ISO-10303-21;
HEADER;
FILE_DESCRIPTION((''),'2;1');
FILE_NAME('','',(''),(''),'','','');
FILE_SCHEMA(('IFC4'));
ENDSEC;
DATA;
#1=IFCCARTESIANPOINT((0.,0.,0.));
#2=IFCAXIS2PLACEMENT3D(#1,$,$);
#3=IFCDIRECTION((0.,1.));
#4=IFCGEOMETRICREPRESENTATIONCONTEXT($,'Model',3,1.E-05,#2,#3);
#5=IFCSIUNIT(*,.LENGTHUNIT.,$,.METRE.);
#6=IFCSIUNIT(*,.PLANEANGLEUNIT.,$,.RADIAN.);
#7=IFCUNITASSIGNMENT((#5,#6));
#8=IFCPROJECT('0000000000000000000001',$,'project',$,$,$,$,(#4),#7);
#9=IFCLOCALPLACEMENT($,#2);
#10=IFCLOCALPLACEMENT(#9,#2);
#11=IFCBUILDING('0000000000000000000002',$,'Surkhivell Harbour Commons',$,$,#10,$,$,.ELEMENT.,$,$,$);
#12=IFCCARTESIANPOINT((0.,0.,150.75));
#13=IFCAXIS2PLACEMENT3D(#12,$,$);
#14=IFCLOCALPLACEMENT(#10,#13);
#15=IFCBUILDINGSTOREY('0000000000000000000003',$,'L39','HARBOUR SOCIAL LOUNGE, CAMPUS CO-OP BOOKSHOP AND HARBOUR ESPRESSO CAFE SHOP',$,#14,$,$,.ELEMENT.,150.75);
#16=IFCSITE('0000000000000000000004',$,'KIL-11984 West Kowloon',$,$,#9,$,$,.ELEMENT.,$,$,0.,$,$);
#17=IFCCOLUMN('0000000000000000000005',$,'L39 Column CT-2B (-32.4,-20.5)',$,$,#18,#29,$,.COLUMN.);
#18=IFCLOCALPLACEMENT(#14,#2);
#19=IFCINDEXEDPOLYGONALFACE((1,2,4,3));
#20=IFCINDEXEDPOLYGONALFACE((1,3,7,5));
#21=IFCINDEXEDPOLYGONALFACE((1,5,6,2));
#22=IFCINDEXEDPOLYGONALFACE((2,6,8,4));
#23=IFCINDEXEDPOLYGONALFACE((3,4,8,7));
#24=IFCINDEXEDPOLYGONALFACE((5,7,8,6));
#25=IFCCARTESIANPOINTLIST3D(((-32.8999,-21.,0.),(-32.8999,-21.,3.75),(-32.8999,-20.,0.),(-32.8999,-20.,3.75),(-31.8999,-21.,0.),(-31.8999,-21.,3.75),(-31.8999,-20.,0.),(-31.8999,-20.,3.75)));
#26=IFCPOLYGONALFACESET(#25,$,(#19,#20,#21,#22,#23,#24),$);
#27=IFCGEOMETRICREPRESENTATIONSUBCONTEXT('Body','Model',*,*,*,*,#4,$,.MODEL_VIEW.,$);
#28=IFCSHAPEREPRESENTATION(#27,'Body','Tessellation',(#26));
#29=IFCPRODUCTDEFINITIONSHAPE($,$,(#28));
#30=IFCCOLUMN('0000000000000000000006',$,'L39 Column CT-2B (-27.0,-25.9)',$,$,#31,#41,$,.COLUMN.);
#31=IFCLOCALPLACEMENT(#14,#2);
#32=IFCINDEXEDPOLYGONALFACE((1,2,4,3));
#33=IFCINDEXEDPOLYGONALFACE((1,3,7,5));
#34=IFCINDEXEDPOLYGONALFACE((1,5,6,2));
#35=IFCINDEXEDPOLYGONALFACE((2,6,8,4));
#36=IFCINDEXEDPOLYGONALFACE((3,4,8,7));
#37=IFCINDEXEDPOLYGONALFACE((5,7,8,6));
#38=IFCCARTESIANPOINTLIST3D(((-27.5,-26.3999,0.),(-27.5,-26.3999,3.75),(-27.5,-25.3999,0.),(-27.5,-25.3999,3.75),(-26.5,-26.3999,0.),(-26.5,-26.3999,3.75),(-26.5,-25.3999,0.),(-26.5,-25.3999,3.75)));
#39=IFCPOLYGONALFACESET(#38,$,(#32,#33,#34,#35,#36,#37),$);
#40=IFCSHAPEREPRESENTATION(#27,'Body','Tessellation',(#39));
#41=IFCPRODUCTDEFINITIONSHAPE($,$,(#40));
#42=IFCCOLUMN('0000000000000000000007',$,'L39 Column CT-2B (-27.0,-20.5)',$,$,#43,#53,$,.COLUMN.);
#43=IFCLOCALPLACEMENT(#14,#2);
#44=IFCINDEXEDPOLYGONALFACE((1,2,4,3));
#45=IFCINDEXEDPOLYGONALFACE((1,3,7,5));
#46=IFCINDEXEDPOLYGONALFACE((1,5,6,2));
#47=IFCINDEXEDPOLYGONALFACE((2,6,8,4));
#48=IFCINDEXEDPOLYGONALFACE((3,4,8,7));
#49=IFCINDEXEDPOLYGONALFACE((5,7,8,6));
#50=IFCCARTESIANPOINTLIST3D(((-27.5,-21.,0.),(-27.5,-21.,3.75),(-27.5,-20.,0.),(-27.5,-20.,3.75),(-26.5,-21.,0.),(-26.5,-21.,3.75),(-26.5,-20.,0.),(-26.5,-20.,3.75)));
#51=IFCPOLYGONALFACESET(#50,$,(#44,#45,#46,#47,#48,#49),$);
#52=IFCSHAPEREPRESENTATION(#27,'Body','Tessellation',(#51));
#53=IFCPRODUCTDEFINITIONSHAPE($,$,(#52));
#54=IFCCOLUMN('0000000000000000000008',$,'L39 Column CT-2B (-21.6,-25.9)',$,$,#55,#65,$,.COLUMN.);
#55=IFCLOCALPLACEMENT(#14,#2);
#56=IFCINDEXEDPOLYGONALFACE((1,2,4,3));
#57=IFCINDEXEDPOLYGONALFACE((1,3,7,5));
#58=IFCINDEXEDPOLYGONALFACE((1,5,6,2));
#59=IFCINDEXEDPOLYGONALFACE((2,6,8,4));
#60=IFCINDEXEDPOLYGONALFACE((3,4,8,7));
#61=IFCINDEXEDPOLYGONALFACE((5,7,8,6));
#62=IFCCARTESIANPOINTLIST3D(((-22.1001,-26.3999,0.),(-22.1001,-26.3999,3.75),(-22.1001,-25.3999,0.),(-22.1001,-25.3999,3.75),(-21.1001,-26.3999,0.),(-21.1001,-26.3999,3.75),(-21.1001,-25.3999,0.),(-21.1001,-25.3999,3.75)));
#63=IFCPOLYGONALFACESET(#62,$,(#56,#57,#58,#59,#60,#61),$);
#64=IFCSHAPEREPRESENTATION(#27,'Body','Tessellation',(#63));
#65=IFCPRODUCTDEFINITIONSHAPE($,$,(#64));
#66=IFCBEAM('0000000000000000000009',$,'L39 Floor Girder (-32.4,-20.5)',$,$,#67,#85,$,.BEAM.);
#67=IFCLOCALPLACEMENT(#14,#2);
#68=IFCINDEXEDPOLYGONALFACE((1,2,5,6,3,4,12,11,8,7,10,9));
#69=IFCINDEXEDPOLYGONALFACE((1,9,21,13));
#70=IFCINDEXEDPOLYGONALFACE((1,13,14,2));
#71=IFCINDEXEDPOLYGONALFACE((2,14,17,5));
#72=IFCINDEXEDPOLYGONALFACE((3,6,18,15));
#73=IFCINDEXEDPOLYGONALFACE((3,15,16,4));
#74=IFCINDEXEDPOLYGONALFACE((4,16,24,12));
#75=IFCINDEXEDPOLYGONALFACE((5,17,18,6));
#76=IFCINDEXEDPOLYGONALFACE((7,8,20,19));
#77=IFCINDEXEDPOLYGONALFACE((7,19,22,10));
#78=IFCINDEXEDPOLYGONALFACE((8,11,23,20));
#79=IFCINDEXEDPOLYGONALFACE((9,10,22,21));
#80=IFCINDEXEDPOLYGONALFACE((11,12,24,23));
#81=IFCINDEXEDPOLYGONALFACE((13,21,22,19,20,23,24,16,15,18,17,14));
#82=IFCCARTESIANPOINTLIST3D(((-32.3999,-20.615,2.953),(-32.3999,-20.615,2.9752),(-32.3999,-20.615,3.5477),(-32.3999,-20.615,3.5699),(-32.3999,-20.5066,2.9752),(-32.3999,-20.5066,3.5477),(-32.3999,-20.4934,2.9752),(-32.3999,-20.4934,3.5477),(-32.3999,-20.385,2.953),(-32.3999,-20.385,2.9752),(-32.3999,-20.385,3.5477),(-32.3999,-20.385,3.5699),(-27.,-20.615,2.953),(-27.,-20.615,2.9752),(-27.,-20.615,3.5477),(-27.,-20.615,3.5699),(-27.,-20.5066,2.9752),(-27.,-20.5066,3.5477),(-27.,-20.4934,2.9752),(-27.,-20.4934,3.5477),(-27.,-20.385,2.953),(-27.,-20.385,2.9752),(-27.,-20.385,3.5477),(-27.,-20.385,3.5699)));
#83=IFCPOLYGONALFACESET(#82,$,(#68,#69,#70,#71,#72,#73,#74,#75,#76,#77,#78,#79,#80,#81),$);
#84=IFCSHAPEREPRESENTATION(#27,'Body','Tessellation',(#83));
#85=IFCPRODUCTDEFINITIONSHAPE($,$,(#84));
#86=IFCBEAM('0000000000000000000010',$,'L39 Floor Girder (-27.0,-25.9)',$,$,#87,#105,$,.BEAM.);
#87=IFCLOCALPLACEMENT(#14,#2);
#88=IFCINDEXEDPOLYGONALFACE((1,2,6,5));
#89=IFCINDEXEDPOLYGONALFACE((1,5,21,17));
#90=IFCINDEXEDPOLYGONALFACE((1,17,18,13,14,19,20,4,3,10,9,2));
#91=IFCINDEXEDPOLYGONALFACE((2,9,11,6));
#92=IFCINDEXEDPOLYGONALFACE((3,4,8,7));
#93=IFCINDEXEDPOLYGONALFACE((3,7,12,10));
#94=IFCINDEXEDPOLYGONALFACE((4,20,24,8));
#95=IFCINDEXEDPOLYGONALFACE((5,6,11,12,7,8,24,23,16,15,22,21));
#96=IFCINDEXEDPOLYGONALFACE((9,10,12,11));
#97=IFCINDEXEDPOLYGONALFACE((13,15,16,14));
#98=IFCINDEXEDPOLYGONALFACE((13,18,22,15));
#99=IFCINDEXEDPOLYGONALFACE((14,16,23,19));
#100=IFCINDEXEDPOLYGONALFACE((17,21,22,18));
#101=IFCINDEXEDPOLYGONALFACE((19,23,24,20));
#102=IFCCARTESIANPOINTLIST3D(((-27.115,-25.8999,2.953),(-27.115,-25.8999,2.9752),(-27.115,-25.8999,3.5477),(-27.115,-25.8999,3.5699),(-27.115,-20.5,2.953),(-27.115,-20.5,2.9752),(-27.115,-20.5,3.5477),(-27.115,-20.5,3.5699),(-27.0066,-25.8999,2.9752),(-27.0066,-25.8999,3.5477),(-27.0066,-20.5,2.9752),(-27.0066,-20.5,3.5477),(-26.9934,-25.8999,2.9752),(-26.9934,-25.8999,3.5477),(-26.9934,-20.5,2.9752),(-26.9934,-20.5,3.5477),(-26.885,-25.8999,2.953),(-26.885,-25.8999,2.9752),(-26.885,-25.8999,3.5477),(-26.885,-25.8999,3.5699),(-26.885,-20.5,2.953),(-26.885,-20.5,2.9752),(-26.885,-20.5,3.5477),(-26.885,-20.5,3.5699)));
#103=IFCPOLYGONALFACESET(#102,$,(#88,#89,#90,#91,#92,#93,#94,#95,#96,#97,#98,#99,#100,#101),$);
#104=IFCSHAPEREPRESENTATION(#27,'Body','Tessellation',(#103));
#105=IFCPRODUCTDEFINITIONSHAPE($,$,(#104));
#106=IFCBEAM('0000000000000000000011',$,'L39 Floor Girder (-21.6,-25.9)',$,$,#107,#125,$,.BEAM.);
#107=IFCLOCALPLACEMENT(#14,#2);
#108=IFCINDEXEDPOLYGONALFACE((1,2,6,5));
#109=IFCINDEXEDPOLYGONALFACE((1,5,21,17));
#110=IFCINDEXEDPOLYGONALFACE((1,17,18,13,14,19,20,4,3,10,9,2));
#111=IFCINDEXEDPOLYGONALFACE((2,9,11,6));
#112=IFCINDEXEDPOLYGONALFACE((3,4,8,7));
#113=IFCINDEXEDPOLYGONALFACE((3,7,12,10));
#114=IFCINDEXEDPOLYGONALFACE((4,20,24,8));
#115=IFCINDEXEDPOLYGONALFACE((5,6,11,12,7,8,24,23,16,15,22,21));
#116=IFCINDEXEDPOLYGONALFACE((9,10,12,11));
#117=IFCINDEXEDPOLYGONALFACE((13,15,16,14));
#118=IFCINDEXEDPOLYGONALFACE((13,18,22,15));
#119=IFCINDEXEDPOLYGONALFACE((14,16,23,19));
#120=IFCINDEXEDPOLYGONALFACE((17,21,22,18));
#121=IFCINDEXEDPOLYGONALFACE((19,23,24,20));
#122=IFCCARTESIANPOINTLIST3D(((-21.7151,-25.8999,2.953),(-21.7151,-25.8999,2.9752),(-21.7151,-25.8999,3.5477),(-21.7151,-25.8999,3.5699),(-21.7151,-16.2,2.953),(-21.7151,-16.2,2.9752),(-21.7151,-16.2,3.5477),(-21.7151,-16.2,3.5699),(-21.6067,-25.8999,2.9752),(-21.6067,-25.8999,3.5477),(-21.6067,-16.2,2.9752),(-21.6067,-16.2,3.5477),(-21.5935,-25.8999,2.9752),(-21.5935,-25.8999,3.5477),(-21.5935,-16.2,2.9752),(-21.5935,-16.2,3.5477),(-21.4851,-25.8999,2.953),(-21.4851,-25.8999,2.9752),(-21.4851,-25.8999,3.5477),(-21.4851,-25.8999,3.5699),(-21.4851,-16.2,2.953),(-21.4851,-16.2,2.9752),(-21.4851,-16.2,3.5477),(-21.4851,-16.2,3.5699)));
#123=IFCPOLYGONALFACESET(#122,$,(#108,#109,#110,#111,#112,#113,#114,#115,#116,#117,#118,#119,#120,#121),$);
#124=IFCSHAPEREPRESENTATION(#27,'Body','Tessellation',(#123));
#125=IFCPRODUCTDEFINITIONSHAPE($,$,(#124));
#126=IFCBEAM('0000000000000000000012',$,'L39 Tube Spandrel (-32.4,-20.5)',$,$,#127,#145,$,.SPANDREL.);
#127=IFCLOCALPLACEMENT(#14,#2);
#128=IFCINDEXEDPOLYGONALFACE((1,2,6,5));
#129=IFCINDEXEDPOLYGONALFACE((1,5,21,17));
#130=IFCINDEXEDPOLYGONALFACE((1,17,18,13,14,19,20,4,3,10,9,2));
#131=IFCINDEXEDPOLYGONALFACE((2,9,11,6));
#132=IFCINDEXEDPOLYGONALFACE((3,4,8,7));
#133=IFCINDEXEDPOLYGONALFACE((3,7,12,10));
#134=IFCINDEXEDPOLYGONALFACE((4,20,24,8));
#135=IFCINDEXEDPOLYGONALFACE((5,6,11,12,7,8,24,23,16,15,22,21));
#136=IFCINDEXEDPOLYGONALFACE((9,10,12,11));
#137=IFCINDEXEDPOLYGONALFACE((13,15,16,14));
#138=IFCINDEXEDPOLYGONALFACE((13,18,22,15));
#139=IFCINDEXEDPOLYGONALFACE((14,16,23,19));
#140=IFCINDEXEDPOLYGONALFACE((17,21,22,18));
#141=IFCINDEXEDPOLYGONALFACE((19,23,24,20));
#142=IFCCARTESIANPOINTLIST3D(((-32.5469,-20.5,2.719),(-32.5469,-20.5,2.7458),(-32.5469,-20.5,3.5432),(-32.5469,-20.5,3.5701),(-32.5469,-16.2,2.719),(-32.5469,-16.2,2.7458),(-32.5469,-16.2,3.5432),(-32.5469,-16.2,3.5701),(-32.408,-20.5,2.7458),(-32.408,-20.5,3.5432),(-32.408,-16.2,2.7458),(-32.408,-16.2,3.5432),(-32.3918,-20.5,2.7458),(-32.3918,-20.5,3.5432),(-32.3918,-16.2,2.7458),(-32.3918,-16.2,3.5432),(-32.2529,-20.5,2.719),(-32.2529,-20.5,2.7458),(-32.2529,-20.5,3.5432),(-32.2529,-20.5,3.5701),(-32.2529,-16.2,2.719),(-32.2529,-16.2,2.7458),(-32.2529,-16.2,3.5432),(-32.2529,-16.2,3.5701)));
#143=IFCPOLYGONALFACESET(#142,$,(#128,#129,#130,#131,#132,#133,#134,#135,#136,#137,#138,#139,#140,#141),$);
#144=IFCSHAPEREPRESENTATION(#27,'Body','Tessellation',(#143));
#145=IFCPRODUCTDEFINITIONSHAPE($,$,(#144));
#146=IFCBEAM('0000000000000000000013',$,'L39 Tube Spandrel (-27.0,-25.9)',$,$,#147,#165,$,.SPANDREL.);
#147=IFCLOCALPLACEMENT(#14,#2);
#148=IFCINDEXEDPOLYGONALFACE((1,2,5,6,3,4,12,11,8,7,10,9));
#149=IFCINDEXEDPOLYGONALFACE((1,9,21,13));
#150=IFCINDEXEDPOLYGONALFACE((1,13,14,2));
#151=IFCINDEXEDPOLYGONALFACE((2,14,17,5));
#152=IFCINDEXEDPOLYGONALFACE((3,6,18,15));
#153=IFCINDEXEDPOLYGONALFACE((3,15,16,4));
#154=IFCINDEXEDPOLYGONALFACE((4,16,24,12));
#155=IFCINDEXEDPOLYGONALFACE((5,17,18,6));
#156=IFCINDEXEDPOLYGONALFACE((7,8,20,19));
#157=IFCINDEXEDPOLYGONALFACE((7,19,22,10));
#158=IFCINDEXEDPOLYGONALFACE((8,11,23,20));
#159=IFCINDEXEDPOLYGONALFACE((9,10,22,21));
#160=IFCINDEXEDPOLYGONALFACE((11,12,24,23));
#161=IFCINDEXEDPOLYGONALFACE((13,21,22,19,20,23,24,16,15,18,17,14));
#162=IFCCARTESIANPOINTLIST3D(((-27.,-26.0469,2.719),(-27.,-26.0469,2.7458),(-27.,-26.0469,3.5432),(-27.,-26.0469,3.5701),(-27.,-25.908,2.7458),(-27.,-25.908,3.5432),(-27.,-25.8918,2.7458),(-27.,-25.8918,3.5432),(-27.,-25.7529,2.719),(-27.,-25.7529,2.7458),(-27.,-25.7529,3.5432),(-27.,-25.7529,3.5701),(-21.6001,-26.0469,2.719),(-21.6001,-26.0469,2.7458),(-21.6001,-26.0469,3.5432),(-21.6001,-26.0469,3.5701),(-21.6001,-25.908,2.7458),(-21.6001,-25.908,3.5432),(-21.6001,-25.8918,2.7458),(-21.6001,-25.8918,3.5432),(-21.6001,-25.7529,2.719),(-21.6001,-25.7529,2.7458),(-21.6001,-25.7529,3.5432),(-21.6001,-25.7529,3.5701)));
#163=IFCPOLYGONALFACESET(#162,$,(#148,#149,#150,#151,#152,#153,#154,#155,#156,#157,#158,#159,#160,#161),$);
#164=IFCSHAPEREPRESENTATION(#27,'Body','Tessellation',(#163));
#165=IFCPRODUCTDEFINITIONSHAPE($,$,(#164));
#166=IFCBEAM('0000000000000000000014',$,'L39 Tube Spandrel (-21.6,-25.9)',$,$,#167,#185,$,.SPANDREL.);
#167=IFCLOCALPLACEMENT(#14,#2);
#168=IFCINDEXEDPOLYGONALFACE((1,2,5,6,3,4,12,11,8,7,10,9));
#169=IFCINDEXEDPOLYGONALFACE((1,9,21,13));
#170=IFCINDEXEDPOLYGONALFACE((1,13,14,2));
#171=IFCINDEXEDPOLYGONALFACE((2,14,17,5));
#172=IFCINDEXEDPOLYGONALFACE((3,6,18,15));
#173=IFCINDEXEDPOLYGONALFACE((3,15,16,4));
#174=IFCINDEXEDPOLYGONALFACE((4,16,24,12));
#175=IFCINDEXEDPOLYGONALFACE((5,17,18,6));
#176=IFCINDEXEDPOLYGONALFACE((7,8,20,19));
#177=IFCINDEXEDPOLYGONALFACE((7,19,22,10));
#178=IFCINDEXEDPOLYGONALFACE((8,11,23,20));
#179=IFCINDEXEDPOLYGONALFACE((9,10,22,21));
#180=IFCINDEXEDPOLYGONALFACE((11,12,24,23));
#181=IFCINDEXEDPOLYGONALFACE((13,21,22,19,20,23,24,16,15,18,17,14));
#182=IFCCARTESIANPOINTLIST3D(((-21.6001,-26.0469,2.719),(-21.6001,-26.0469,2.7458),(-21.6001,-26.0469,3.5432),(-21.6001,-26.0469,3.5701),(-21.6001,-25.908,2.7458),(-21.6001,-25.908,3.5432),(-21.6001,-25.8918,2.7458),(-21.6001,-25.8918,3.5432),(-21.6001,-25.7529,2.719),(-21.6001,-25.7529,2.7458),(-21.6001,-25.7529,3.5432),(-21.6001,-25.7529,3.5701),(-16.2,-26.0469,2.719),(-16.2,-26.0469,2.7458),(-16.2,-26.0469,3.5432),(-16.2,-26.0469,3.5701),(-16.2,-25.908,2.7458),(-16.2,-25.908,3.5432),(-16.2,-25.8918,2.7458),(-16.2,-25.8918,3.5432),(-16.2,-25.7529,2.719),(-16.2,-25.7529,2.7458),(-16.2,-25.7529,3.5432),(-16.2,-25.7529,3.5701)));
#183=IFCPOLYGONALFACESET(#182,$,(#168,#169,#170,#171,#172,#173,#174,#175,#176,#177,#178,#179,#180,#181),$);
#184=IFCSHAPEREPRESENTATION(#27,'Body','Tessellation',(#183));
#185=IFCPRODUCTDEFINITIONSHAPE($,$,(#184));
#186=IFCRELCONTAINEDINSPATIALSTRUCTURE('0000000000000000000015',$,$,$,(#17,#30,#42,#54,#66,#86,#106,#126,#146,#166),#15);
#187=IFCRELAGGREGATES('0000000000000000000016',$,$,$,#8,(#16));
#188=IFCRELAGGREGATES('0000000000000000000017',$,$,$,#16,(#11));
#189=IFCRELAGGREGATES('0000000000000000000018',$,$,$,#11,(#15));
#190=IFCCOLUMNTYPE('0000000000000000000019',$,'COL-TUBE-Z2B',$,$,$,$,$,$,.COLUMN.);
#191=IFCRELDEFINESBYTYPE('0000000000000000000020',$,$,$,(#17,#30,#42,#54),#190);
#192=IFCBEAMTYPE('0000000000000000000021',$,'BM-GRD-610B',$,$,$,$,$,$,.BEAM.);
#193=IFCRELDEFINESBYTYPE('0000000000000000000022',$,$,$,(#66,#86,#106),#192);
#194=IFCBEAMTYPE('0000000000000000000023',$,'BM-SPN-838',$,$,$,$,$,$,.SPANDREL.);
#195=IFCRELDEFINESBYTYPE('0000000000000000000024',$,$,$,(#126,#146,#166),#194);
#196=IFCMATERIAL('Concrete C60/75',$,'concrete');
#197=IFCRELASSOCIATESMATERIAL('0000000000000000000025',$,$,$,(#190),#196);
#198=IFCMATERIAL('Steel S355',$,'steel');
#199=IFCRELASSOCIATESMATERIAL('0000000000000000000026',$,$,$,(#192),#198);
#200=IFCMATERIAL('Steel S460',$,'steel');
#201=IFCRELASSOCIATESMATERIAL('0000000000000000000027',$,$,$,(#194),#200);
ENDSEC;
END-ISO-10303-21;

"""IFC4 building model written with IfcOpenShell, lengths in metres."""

from ifc_helpers import new_model, si_unit, direction, frame, origin, origin_2d, place, context, subcontext, project, spatial, rectangle, i_section, extrude, material, material_profile, profile_set, type_object, element, save


model = new_model("IFC4")

# Units and contexts
model_context = context("Model", 3, precision=1e-05, world=origin(), true_north=direction((0.0, 1.0)))
body_context = subcontext(model_context, "Body", "Model", "MODEL_VIEW")
ifc_project = project(units=[si_unit("LENGTHUNIT", "METRE"), si_unit("PLANEANGLEUNIT", "RADIAN")], contexts=[model_context])

# Site, building, storey
site_placement = place(None, origin())
site = spatial("IfcSite", under=ifc_project, at=site_placement, Name="KIL-11984 West Kowloon", CompositionType="ELEMENT", RefElevation=0.0)
building_placement = place(site_placement, origin())
building = spatial("IfcBuilding", under=site, at=building_placement, Name="Surkhivell Harbour Commons", CompositionType="ELEMENT")
storey_placement = place(building_placement, frame((0.0, 0.0, 150.75)))
storey = spatial("IfcBuildingStorey", under=building, at=storey_placement, Name="L39", Description="HARBOUR SOCIAL LOUNGE, CAMPUS CO-OP BOOKSHOP AND HARBOUR ESPRESSO CAFE SHOP", CompositionType="ELEMENT", Elevation=150.75)

# Columns
ifc_material_1 = material(Name="Concrete C60/75", Category="concrete")
ifc_material_profile_1 = material_profile(ifc_material_1, rectangle(XDim=1.0, YDim=1.0, at=origin_2d()), Name="RC-COL-1000x1000")
ifc_profile_set_1 = profile_set([ifc_material_profile_1], Name="Concrete C60/75")
column_type = type_object("IfcColumnType", Name="COL-TUBE-Z2B", PredefinedType="COLUMN", material=ifc_profile_set_1)
for number, where, z_axis, x_axis, name in (
    (1, (-32.3999, -20.5, 0.0), (0.0, 0.0, 1.0), (1.0, 0.0, 0.0), "L39 Column CT-2B (-32.4,-20.5)"),
    (2, (-27.0, -25.8999, 0.0), (0.0, 0.0, 1.0), (1.0, 0.0, 0.0), "L39 Column CT-2B (-27.0,-25.9)"),
    (3, (-27.0, -20.5, 0.0), (0.0, 0.0, 1.0), (1.0, 0.0, 0.0), "L39 Column CT-2B (-27.0,-20.5)"),
    (4, (-21.6001, -25.8999, 0.0), (0.0, 0.0, 1.0), (1.0, 0.0, 0.0), "L39 Column CT-2B (-21.6,-25.9)"),
):
    element("IfcColumn", number, at=place(storey_placement, frame(where, z_axis=z_axis, x_axis=x_axis)), inside=storey, type_object=column_type, Name=name, PredefinedType="COLUMN", context=body_context, shape_type="SweptSolid", body=[
        extrude(rectangle(XDim=1.0, YDim=1.0, at=origin_2d()), origin(), (0.0, 0.0, 1.0), 3.75),
    ])

# Beams
ifc_material_2 = material(Name="Steel S355", Category="steel")
ifc_material_profile_2 = material_profile(ifc_material_2, i_section(OverallWidth=0.23, OverallDepth=0.6169, WebThickness=0.0132, FlangeThickness=0.0222, at=origin_2d()), Name="UB610x229x140")
ifc_profile_set_2 = profile_set([ifc_material_profile_2], Name="Steel S355")
beam_type_1 = type_object("IfcBeamType", Name="BM-GRD-610B", PredefinedType="BEAM", material=ifc_profile_set_2)
for number, where, z_axis, x_axis, name in (
    (5, (-32.3999, -20.5, 3.2615), (1.0, 0.0, 0.0), (0.0, 1.0, 0.0), "L39 Floor Girder (-32.4,-20.5)"),
    (6, (-27.0, -25.8999, 3.2615), (0.0, 1.0, 0.0), (-1.0, 0.0, 0.0), "L39 Floor Girder (-27.0,-25.9)"),
):
    element("IfcBeam", number, at=place(storey_placement, frame(where, z_axis=z_axis, x_axis=x_axis)), inside=storey, type_object=beam_type_1, Name=name, PredefinedType="BEAM", context=body_context, shape_type="SweptSolid", body=[
        extrude(i_section(OverallWidth=0.23, OverallDepth=0.6169, WebThickness=0.0132, FlangeThickness=0.0222, at=origin_2d()), origin(), (0.0, 0.0, 1.0), 5.3999),
    ])
beam_1_placement = place(storey_placement, frame((-21.6001, -25.8999, 3.2615), z_axis=(0.0, 1.0, 0.0), x_axis=(-1.0, 0.0, 0.0)))
element("IfcBeam", 7, at=beam_1_placement, inside=storey, type_object=beam_type_1, Name="L39 Floor Girder (-21.6,-25.9)", PredefinedType="BEAM", context=body_context, shape_type="SweptSolid", body=[
    extrude(i_section(OverallWidth=0.23, OverallDepth=0.6169, WebThickness=0.0132, FlangeThickness=0.0222, at=origin_2d()), origin(), (0.0, 0.0, 1.0), 9.7),
])
ifc_material_3 = material(Name="Steel S460", Category="steel")
ifc_material_profile_3 = material_profile(ifc_material_3, i_section(OverallWidth=0.2939, OverallDepth=0.8511, WebThickness=0.0161, FlangeThickness=0.0269, at=origin_2d()), Name="UB838x292x226")
ifc_profile_set_3 = profile_set([ifc_material_profile_3], Name="Steel S460")
beam_type_2 = type_object("IfcBeamType", Name="BM-SPN-838", PredefinedType="SPANDREL", material=ifc_profile_set_3)
beam_2_placement = place(storey_placement, frame((-32.3999, -20.5, 3.1445), z_axis=(0.0, 1.0, 0.0), x_axis=(-1.0, 0.0, 0.0)))
element("IfcBeam", 8, at=beam_2_placement, inside=storey, type_object=beam_type_2, Name="L39 Tube Spandrel (-32.4,-20.5)", PredefinedType="SPANDREL", context=body_context, shape_type="SweptSolid", body=[
    extrude(i_section(OverallWidth=0.2939, OverallDepth=0.8511, WebThickness=0.0161, FlangeThickness=0.0269, at=origin_2d()), origin(), (0.0, 0.0, 1.0), 4.3),
])
beam_3_placement = place(storey_placement, frame((-27.0, -25.8999, 3.1445), z_axis=(1.0, 0.0, 0.0), x_axis=(0.0, 1.0, 0.0)))
element("IfcBeam", 9, at=beam_3_placement, inside=storey, type_object=beam_type_2, Name="L39 Tube Spandrel (-27.0,-25.9)", PredefinedType="SPANDREL", context=body_context, shape_type="SweptSolid", body=[
    extrude(i_section(OverallWidth=0.2939, OverallDepth=0.8511, WebThickness=0.0161, FlangeThickness=0.0269, at=origin_2d()), origin(), (0.0, 0.0, 1.0), 5.3999),
])
beam_4_placement = place(storey_placement, frame((-21.6001, -25.8999, 3.1445), z_axis=(1.0, 0.0, 0.0), x_axis=(0.0, 1.0, 0.0)))
element("IfcBeam", 10, at=beam_4_placement, inside=storey, type_object=beam_type_2, Name="L39 Tube Spandrel (-21.6,-25.9)", PredefinedType="SPANDREL", context=body_context, shape_type="SweptSolid", body=[
    extrude(i_section(OverallWidth=0.2939, OverallDepth=0.8511, WebThickness=0.0161, FlangeThickness=0.0269, at=origin_2d()), origin(), (0.0, 0.0, 1.0), 5.4001),
])

save(model, "model.ifc")
